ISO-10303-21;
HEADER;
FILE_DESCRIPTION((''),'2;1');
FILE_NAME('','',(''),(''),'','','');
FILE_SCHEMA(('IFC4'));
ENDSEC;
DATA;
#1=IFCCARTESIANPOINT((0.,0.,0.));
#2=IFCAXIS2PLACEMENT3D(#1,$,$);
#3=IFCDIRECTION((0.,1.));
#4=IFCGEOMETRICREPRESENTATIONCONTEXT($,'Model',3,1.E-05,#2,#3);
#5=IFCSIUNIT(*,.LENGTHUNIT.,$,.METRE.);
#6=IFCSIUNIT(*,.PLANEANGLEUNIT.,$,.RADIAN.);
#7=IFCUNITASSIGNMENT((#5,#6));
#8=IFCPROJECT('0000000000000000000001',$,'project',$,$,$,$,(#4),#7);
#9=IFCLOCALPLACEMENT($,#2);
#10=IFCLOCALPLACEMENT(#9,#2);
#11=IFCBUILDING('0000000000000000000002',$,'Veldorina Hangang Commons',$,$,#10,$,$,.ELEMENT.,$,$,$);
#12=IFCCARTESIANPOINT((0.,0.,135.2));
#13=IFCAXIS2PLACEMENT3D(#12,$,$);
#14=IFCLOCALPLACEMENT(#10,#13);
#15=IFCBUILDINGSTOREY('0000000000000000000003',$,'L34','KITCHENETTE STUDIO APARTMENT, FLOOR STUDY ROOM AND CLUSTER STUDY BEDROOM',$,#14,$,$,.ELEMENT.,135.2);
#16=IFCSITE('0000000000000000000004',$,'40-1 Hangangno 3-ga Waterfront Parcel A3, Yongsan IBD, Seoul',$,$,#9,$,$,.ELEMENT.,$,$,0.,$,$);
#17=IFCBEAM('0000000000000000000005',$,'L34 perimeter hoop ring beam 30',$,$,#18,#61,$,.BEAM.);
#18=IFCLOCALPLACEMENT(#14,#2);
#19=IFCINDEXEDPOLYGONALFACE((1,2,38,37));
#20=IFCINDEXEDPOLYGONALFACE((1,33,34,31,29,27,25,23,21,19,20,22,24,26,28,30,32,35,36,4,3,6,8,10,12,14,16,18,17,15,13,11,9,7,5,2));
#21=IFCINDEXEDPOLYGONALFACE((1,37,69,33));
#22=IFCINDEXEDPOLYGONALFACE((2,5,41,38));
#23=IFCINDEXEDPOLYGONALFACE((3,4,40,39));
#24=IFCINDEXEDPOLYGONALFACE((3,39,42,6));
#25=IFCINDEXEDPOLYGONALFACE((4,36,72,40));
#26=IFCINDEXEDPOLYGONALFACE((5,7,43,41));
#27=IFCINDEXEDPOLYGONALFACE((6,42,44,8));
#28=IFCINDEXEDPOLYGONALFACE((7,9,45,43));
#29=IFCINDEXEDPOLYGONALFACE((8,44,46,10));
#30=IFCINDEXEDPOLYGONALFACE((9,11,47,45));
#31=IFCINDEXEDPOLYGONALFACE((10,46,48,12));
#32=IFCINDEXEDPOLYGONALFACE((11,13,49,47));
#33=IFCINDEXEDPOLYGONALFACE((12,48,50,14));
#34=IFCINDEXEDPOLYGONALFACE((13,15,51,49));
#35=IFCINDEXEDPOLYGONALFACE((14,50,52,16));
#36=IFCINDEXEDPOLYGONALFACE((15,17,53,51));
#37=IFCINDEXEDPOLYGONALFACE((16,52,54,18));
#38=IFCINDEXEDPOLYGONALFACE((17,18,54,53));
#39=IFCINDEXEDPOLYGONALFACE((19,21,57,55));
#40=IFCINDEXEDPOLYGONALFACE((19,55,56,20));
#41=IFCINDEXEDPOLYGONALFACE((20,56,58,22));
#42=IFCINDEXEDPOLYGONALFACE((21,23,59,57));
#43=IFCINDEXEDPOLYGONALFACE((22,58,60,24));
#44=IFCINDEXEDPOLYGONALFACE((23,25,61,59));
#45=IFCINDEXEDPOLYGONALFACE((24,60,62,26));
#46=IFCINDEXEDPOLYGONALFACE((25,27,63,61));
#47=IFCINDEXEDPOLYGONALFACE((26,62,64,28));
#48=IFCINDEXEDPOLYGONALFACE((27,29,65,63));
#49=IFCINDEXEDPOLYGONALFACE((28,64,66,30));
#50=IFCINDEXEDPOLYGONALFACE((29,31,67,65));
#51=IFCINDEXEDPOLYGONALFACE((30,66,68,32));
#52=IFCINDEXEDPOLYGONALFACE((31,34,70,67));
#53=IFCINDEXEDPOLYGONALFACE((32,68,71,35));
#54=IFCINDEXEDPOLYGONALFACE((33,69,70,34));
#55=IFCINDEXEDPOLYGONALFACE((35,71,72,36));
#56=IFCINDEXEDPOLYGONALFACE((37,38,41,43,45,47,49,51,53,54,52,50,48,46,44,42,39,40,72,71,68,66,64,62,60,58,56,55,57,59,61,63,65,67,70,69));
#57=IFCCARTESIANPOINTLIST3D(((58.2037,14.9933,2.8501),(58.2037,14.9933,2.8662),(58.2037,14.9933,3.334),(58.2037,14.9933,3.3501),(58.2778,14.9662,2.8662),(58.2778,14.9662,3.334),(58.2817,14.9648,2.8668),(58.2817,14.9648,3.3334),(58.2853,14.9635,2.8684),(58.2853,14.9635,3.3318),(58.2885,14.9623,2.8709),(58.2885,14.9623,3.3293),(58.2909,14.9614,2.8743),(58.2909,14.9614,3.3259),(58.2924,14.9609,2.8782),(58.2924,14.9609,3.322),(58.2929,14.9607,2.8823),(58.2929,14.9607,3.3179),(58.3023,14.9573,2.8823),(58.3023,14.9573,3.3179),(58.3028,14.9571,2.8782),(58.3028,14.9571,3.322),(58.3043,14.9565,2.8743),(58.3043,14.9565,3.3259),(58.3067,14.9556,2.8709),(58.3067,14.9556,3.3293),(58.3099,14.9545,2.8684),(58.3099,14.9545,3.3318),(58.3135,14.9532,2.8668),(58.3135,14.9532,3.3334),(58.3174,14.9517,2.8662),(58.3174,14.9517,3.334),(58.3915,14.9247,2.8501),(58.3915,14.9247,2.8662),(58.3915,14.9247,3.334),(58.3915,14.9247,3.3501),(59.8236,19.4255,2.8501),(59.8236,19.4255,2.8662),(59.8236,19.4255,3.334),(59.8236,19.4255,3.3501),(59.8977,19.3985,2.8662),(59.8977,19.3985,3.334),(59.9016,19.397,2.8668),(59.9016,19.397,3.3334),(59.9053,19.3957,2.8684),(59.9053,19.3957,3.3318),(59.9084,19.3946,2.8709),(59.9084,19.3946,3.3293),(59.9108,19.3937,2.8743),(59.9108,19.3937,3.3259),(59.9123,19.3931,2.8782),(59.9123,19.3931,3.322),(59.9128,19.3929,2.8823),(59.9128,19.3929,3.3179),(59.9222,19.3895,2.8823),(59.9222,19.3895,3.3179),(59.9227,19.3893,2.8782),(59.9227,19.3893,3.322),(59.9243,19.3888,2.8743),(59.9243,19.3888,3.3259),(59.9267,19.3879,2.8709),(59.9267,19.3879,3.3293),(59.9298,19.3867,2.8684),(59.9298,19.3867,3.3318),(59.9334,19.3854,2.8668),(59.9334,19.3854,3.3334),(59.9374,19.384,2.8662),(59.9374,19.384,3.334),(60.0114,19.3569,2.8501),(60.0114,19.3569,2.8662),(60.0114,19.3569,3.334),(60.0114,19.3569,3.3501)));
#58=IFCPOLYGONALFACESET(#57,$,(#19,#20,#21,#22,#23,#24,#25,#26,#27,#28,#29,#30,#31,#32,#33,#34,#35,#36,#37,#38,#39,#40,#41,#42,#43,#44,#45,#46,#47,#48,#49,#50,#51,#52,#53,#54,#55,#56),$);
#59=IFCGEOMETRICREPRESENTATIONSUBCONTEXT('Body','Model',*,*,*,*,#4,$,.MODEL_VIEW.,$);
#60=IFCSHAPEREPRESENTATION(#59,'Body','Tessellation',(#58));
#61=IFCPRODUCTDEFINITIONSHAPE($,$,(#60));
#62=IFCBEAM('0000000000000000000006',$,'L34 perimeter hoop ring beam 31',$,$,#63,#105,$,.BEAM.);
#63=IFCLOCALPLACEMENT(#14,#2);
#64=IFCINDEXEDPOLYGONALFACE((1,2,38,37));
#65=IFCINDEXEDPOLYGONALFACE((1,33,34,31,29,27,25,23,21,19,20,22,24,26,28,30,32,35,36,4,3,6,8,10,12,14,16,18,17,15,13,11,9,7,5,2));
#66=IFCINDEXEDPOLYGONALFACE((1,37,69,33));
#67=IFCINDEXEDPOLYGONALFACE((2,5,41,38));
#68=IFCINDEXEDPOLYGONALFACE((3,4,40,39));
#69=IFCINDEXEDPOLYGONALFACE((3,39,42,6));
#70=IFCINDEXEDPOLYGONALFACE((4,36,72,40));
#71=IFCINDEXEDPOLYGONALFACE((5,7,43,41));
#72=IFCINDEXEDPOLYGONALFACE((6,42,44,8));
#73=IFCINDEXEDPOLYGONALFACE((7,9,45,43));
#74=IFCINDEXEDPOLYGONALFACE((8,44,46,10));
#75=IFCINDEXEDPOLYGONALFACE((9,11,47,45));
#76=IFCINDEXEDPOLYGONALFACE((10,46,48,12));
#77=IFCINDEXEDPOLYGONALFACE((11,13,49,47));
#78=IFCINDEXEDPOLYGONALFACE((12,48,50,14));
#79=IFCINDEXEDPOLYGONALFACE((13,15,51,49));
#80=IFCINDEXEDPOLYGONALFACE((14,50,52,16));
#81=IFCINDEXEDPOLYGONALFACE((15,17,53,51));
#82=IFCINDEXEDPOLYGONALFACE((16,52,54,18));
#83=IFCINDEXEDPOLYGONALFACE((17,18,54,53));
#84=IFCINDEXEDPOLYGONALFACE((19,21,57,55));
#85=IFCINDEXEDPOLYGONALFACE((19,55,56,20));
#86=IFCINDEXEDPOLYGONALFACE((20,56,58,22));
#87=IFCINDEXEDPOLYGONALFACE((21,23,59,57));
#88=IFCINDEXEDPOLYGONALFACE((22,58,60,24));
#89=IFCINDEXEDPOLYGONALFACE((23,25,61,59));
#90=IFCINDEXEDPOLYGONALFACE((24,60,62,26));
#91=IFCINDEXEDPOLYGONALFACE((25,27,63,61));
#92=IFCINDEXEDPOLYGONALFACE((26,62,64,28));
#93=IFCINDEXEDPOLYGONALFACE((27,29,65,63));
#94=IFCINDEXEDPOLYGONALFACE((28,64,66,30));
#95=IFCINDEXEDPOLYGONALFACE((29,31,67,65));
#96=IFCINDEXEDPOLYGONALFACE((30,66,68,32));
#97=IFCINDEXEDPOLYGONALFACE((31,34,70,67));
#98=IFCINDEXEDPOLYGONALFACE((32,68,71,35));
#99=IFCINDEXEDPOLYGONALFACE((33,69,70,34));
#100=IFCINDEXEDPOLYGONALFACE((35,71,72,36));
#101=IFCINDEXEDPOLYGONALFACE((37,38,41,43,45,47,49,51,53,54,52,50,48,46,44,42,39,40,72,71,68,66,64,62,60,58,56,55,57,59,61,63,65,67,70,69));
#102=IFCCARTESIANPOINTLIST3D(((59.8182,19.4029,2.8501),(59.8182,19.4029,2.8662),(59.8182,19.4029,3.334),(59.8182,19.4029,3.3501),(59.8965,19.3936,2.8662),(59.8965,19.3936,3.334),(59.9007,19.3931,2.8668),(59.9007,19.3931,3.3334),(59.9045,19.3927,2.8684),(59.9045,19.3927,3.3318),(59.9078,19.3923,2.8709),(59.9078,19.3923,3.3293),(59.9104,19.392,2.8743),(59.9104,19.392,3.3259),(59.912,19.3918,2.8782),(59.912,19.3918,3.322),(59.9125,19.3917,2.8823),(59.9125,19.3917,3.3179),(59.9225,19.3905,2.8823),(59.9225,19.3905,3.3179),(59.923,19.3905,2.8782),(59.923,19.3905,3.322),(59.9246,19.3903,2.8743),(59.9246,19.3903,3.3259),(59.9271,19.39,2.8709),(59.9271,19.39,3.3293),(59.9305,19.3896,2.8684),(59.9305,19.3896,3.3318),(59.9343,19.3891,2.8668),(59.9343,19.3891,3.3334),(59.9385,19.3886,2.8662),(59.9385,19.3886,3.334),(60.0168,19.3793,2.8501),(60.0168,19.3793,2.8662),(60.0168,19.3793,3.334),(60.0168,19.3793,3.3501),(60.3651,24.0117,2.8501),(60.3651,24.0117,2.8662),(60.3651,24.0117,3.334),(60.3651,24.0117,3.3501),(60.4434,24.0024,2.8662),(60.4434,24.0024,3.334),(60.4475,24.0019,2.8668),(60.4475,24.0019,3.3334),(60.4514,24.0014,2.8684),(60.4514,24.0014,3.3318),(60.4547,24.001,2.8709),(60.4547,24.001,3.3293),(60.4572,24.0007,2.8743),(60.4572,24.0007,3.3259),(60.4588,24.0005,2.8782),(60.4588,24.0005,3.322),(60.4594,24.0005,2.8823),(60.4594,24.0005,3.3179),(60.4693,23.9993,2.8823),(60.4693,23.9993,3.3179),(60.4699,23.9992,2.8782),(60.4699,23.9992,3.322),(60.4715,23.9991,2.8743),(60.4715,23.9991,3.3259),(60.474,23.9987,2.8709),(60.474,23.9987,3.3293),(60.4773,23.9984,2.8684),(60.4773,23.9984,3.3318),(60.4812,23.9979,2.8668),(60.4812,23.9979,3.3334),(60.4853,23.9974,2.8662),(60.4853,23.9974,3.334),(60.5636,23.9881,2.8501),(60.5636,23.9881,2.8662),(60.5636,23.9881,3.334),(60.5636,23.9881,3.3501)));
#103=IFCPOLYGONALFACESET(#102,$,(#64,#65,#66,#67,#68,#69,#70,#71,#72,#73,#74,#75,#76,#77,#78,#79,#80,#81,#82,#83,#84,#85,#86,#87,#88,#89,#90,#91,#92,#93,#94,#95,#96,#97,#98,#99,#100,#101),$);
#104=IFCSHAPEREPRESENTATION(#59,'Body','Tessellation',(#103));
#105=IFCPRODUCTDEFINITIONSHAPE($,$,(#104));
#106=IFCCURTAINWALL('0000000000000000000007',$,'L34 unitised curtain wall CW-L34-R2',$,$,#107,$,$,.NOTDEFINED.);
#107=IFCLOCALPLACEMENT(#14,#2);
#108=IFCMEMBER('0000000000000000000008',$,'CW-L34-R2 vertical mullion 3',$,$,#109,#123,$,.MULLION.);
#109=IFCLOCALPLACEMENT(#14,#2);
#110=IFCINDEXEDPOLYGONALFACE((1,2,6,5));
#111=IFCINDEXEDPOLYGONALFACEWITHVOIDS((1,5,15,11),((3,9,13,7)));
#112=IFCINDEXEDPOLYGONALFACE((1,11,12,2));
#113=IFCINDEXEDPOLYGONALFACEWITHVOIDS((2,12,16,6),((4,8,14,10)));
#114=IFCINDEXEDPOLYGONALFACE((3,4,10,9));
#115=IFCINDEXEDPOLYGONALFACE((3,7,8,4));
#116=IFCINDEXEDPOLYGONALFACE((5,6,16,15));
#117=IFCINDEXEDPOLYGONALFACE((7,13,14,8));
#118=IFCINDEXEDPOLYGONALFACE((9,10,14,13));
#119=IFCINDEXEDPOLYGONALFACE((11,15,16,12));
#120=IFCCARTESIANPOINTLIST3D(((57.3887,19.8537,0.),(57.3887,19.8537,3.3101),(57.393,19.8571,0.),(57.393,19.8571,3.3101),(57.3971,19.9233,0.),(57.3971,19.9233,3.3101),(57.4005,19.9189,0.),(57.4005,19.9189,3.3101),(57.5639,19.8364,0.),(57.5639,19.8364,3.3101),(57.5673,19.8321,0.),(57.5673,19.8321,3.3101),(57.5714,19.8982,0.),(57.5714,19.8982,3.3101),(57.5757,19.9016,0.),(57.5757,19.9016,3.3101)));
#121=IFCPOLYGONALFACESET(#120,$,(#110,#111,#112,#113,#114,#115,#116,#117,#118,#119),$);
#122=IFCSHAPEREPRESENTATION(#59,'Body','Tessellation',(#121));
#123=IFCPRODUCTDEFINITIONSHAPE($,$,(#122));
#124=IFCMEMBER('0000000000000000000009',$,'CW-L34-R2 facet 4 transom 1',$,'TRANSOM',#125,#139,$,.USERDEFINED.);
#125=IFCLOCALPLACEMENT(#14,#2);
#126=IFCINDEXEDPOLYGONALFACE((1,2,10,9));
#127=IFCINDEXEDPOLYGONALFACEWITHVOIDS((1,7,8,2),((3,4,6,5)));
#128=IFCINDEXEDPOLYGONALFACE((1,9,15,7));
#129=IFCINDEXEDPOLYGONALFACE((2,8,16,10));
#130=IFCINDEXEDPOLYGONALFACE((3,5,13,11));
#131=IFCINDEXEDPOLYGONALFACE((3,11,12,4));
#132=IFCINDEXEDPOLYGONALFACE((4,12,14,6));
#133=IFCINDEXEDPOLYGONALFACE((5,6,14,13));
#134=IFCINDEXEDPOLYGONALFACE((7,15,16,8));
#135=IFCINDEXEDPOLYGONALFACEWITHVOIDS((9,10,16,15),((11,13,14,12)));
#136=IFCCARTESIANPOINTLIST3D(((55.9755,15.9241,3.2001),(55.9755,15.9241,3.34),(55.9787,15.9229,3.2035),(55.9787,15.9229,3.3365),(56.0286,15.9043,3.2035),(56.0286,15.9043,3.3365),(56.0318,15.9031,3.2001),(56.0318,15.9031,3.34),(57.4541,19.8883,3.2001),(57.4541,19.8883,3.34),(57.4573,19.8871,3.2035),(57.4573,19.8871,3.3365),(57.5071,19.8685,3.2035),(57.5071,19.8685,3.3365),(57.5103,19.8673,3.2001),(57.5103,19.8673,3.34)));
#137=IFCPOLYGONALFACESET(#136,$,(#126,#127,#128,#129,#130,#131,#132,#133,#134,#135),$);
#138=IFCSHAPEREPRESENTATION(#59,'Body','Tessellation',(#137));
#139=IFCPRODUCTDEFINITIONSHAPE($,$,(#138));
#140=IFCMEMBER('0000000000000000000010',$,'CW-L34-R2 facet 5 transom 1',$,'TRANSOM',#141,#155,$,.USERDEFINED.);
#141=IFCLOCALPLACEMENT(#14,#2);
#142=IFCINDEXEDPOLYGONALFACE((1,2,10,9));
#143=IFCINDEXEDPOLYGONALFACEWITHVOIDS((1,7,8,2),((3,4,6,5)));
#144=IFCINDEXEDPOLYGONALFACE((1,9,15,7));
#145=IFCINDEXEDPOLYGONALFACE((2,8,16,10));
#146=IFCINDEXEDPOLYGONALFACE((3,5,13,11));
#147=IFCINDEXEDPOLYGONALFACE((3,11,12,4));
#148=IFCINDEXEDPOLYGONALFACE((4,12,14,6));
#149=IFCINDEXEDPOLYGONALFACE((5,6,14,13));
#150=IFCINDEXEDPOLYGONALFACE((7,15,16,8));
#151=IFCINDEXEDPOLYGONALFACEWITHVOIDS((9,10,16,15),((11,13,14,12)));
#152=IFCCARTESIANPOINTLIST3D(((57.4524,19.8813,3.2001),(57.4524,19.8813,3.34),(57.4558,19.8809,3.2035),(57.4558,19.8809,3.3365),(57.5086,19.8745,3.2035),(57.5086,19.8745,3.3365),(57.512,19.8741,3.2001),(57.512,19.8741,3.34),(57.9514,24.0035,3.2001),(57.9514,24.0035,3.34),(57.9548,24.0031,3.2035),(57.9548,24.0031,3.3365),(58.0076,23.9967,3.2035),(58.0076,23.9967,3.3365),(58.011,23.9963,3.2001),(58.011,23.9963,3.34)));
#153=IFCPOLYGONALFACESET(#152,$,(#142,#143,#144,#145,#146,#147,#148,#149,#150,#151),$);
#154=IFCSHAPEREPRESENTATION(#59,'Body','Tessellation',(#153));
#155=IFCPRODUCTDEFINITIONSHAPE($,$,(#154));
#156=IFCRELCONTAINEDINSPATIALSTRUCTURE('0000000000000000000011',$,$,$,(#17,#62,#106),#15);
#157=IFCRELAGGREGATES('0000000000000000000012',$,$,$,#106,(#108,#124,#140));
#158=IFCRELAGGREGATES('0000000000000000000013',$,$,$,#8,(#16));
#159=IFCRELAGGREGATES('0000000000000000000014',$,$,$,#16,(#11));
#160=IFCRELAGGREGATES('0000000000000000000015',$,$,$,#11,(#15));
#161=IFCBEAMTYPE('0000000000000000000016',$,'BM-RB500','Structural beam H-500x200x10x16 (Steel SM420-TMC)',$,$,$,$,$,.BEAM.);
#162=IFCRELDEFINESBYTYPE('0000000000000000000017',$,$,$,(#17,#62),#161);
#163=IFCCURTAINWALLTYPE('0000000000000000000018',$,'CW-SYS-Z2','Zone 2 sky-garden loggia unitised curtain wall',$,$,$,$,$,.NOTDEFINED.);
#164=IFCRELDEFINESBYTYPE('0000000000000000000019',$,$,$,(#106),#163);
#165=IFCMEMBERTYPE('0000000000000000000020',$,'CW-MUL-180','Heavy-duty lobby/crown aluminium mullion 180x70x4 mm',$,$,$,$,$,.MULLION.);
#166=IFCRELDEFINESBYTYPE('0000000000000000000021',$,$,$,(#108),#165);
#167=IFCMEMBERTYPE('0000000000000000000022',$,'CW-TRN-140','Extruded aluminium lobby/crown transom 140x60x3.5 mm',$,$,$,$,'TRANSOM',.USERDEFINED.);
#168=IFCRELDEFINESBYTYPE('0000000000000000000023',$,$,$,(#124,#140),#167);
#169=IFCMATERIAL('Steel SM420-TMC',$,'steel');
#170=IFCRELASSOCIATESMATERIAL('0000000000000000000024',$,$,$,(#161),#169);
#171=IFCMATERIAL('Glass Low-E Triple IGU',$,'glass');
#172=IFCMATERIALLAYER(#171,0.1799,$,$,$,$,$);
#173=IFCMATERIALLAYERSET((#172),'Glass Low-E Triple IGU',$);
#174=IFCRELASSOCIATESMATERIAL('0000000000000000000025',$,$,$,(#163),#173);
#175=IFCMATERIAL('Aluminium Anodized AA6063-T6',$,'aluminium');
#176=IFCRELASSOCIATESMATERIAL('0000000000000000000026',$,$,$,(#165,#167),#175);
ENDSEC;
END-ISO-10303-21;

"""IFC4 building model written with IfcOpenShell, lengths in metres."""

from ifc_helpers import new_model, si_unit, direction, frame, origin, origin_2d, place, context, subcontext, project, spatial, hollow_rectangle, i_section, extrude, material, layer, layer_set, material_profile, profile_set, type_object, element, aggregate, save


model = new_model("IFC4")

# Units and contexts
model_context = context("Model", 3, precision=1e-05, world=origin(), true_north=direction((0.0, 1.0)))
body_context = subcontext(model_context, "Body", "Model", "MODEL_VIEW")
ifc_project = project(units=[si_unit("LENGTHUNIT", "METRE"), si_unit("PLANEANGLEUNIT", "RADIAN")], contexts=[model_context])

# Site, building, storey
site_placement = place(None, origin())
site = spatial("IfcSite", under=ifc_project, at=site_placement, Name="40-1 Hangangno 3-ga Waterfront Parcel A3, Yongsan IBD, Seoul", CompositionType="ELEMENT", RefElevation=0.0)
building_placement = place(site_placement, origin())
building = spatial("IfcBuilding", under=site, at=building_placement, Name="Veldorina Hangang Commons", CompositionType="ELEMENT")
storey_placement = place(building_placement, frame((0.0, 0.0, 135.2)))
storey = spatial("IfcBuildingStorey", under=building, at=storey_placement, Name="L34", Description="KITCHENETTE STUDIO APARTMENT, FLOOR STUDY ROOM AND CLUSTER STUDY BEDROOM", CompositionType="ELEMENT", Elevation=135.2)

# Beams
ifc_material_1 = material(Name="Steel SM420-TMC", Category="steel")
ifc_material_profile_1 = material_profile(ifc_material_1, i_section(OverallWidth=0.2, OverallDepth=0.5, WebThickness=0.01, FlangeThickness=0.0161, FilletRadius=0.0161, at=origin_2d()), Name="H-500x200x10x16")
ifc_profile_set_1 = profile_set([ifc_material_profile_1], Name="Steel SM420-TMC")
beam_type = type_object("IfcBeamType", Name="BM-RB500", Description="Structural beam H-500x200x10x16 (Steel SM420-TMC)", PredefinedType="BEAM", material=ifc_profile_set_1)
beam_1_placement = place(storey_placement, frame((58.2976, 14.959, 3.1001), z_axis=(0.343275, 0.939235, 0.0), x_axis=(-0.939235, 0.343275, 0.0)))
element("IfcBeam", 1, at=beam_1_placement, inside=storey, type_object=beam_type, Name="L34 perimeter hoop ring beam 30", PredefinedType="BEAM", context=body_context, shape_type="SweptSolid", body=[
    extrude(i_section(OverallWidth=0.2, OverallDepth=0.5, WebThickness=0.01, FlangeThickness=0.0161, FilletRadius=0.0161, at=origin_2d()), origin(), (0.0, 0.0, 1.0), 4.719),
])
beam_2_placement = place(storey_placement, frame((59.9175, 19.3911, 3.1001), z_axis=(0.11783, 0.993034, 0.0), x_axis=(-0.993034, 0.11783, 0.0)))
element("IfcBeam", 2, at=beam_2_placement, inside=storey, type_object=beam_type, Name="L34 perimeter hoop ring beam 31", PredefinedType="BEAM", context=body_context, shape_type="SweptSolid", body=[
    extrude(i_section(OverallWidth=0.2, OverallDepth=0.5, WebThickness=0.01, FlangeThickness=0.0161, FilletRadius=0.0161, at=origin_2d()), origin(), (0.0, 0.0, 1.0), 4.6411),
])

# Curtain wall, members
ifc_material_2 = material(Name="Glass Low-E Triple IGU", Category="glass")
ifc_layer_1 = layer(ifc_material_2, 0.1799)
ifc_layer_set_1 = layer_set([ifc_layer_1], Name="Glass Low-E Triple IGU")
curtain_wall_type = type_object("IfcCurtainWallType", Name="CW-SYS-Z2", Description="Zone 2 sky-garden loggia unitised curtain wall", PredefinedType="NOTDEFINED", material=ifc_layer_set_1)
curtain_wall_placement = place(storey_placement, origin())
curtain_wall = element("IfcCurtainWall", 3, at=curtain_wall_placement, inside=storey, type_object=curtain_wall_type, Name="L34 unitised curtain wall CW-L34-R2", PredefinedType="NOTDEFINED")
ifc_material_3 = material(Name="Aluminium Anodized AA6063-T6", Category="aluminium")
ifc_material_profile_2 = material_profile(ifc_material_3, hollow_rectangle(XDim=0.0701, YDim=0.1799, WallThickness=0.0039, at=origin_2d()), Name="ALU-RHS-180x70x4")
ifc_profile_set_2 = profile_set([ifc_material_profile_2], Name="Aluminium Anodized AA6063-T6")
member_type_1 = type_object("IfcMemberType", Name="CW-MUL-180", Description="Heavy-duty lobby/crown aluminium mullion 180x70x4 mm", PredefinedType="MULLION", material=ifc_profile_set_2)
member_1_placement = place(storey_placement, frame((57.4822, 19.8777, 0.0), z_axis=(0.0, 0.0, 1.0), x_axis=(0.120223, 0.992747, 0.0)))
member_1 = element("IfcMember", 4, at=member_1_placement, type_object=member_type_1, Name="CW-L34-R2 vertical mullion 3", PredefinedType="MULLION", context=body_context, shape_type="SweptSolid", body=[
    extrude(hollow_rectangle(XDim=0.0701, YDim=0.1799, WallThickness=0.0039, at=origin_2d()), origin(), (0.0, 0.0, 1.0), 3.3101),
])
ifc_material_profile_3 = material_profile(ifc_material_3, hollow_rectangle(XDim=0.0601, YDim=0.1399, WallThickness=0.0034, at=origin_2d()), Name="ALU-RHS-140x60x3.5")
ifc_profile_set_3 = profile_set([ifc_material_profile_3], Name="Aluminium Anodized AA6063-T6")
member_type_2 = type_object("IfcMemberType", Name="CW-TRN-140", Description="Extruded aluminium lobby/crown transom 140x60x3.5 mm", ElementType="TRANSOM", PredefinedType="USERDEFINED", material=ifc_profile_set_3)
member_2_placement = place(storey_placement, frame((56.0037, 15.9136, 3.27), z_axis=(0.34946, 0.936951, 0.0), x_axis=(-0.936951, 0.34946, 0.0)))
member_2 = element("IfcMember", 5, at=member_2_placement, type_object=member_type_2, Name="CW-L34-R2 facet 4 transom 1", ObjectType="TRANSOM", PredefinedType="USERDEFINED", context=body_context, shape_type="SweptSolid", body=[
    extrude(hollow_rectangle(XDim=0.0601, YDim=0.1399, WallThickness=0.0034, at=origin_2d()), origin(), (0.0, 0.0, 1.0), 4.231),
])
member_3_placement = place(storey_placement, frame((57.4822, 19.8777, 3.27), z_axis=(0.120177, 0.992752, 0.0), x_axis=(-0.992752, 0.120177, 0.0)))
member_3 = element("IfcMember", 6, at=member_3_placement, type_object=member_type_2, Name="CW-L34-R2 facet 5 transom 1", ObjectType="TRANSOM", PredefinedType="USERDEFINED", context=body_context, shape_type="SweptSolid", body=[
    extrude(hollow_rectangle(XDim=0.0601, YDim=0.1399, WallThickness=0.0034, at=origin_2d()), origin(), (0.0, 0.0, 1.0), 4.1523),
])

aggregate(curtain_wall, [member_1, member_2, member_3])

save(model, "model.ifc")
